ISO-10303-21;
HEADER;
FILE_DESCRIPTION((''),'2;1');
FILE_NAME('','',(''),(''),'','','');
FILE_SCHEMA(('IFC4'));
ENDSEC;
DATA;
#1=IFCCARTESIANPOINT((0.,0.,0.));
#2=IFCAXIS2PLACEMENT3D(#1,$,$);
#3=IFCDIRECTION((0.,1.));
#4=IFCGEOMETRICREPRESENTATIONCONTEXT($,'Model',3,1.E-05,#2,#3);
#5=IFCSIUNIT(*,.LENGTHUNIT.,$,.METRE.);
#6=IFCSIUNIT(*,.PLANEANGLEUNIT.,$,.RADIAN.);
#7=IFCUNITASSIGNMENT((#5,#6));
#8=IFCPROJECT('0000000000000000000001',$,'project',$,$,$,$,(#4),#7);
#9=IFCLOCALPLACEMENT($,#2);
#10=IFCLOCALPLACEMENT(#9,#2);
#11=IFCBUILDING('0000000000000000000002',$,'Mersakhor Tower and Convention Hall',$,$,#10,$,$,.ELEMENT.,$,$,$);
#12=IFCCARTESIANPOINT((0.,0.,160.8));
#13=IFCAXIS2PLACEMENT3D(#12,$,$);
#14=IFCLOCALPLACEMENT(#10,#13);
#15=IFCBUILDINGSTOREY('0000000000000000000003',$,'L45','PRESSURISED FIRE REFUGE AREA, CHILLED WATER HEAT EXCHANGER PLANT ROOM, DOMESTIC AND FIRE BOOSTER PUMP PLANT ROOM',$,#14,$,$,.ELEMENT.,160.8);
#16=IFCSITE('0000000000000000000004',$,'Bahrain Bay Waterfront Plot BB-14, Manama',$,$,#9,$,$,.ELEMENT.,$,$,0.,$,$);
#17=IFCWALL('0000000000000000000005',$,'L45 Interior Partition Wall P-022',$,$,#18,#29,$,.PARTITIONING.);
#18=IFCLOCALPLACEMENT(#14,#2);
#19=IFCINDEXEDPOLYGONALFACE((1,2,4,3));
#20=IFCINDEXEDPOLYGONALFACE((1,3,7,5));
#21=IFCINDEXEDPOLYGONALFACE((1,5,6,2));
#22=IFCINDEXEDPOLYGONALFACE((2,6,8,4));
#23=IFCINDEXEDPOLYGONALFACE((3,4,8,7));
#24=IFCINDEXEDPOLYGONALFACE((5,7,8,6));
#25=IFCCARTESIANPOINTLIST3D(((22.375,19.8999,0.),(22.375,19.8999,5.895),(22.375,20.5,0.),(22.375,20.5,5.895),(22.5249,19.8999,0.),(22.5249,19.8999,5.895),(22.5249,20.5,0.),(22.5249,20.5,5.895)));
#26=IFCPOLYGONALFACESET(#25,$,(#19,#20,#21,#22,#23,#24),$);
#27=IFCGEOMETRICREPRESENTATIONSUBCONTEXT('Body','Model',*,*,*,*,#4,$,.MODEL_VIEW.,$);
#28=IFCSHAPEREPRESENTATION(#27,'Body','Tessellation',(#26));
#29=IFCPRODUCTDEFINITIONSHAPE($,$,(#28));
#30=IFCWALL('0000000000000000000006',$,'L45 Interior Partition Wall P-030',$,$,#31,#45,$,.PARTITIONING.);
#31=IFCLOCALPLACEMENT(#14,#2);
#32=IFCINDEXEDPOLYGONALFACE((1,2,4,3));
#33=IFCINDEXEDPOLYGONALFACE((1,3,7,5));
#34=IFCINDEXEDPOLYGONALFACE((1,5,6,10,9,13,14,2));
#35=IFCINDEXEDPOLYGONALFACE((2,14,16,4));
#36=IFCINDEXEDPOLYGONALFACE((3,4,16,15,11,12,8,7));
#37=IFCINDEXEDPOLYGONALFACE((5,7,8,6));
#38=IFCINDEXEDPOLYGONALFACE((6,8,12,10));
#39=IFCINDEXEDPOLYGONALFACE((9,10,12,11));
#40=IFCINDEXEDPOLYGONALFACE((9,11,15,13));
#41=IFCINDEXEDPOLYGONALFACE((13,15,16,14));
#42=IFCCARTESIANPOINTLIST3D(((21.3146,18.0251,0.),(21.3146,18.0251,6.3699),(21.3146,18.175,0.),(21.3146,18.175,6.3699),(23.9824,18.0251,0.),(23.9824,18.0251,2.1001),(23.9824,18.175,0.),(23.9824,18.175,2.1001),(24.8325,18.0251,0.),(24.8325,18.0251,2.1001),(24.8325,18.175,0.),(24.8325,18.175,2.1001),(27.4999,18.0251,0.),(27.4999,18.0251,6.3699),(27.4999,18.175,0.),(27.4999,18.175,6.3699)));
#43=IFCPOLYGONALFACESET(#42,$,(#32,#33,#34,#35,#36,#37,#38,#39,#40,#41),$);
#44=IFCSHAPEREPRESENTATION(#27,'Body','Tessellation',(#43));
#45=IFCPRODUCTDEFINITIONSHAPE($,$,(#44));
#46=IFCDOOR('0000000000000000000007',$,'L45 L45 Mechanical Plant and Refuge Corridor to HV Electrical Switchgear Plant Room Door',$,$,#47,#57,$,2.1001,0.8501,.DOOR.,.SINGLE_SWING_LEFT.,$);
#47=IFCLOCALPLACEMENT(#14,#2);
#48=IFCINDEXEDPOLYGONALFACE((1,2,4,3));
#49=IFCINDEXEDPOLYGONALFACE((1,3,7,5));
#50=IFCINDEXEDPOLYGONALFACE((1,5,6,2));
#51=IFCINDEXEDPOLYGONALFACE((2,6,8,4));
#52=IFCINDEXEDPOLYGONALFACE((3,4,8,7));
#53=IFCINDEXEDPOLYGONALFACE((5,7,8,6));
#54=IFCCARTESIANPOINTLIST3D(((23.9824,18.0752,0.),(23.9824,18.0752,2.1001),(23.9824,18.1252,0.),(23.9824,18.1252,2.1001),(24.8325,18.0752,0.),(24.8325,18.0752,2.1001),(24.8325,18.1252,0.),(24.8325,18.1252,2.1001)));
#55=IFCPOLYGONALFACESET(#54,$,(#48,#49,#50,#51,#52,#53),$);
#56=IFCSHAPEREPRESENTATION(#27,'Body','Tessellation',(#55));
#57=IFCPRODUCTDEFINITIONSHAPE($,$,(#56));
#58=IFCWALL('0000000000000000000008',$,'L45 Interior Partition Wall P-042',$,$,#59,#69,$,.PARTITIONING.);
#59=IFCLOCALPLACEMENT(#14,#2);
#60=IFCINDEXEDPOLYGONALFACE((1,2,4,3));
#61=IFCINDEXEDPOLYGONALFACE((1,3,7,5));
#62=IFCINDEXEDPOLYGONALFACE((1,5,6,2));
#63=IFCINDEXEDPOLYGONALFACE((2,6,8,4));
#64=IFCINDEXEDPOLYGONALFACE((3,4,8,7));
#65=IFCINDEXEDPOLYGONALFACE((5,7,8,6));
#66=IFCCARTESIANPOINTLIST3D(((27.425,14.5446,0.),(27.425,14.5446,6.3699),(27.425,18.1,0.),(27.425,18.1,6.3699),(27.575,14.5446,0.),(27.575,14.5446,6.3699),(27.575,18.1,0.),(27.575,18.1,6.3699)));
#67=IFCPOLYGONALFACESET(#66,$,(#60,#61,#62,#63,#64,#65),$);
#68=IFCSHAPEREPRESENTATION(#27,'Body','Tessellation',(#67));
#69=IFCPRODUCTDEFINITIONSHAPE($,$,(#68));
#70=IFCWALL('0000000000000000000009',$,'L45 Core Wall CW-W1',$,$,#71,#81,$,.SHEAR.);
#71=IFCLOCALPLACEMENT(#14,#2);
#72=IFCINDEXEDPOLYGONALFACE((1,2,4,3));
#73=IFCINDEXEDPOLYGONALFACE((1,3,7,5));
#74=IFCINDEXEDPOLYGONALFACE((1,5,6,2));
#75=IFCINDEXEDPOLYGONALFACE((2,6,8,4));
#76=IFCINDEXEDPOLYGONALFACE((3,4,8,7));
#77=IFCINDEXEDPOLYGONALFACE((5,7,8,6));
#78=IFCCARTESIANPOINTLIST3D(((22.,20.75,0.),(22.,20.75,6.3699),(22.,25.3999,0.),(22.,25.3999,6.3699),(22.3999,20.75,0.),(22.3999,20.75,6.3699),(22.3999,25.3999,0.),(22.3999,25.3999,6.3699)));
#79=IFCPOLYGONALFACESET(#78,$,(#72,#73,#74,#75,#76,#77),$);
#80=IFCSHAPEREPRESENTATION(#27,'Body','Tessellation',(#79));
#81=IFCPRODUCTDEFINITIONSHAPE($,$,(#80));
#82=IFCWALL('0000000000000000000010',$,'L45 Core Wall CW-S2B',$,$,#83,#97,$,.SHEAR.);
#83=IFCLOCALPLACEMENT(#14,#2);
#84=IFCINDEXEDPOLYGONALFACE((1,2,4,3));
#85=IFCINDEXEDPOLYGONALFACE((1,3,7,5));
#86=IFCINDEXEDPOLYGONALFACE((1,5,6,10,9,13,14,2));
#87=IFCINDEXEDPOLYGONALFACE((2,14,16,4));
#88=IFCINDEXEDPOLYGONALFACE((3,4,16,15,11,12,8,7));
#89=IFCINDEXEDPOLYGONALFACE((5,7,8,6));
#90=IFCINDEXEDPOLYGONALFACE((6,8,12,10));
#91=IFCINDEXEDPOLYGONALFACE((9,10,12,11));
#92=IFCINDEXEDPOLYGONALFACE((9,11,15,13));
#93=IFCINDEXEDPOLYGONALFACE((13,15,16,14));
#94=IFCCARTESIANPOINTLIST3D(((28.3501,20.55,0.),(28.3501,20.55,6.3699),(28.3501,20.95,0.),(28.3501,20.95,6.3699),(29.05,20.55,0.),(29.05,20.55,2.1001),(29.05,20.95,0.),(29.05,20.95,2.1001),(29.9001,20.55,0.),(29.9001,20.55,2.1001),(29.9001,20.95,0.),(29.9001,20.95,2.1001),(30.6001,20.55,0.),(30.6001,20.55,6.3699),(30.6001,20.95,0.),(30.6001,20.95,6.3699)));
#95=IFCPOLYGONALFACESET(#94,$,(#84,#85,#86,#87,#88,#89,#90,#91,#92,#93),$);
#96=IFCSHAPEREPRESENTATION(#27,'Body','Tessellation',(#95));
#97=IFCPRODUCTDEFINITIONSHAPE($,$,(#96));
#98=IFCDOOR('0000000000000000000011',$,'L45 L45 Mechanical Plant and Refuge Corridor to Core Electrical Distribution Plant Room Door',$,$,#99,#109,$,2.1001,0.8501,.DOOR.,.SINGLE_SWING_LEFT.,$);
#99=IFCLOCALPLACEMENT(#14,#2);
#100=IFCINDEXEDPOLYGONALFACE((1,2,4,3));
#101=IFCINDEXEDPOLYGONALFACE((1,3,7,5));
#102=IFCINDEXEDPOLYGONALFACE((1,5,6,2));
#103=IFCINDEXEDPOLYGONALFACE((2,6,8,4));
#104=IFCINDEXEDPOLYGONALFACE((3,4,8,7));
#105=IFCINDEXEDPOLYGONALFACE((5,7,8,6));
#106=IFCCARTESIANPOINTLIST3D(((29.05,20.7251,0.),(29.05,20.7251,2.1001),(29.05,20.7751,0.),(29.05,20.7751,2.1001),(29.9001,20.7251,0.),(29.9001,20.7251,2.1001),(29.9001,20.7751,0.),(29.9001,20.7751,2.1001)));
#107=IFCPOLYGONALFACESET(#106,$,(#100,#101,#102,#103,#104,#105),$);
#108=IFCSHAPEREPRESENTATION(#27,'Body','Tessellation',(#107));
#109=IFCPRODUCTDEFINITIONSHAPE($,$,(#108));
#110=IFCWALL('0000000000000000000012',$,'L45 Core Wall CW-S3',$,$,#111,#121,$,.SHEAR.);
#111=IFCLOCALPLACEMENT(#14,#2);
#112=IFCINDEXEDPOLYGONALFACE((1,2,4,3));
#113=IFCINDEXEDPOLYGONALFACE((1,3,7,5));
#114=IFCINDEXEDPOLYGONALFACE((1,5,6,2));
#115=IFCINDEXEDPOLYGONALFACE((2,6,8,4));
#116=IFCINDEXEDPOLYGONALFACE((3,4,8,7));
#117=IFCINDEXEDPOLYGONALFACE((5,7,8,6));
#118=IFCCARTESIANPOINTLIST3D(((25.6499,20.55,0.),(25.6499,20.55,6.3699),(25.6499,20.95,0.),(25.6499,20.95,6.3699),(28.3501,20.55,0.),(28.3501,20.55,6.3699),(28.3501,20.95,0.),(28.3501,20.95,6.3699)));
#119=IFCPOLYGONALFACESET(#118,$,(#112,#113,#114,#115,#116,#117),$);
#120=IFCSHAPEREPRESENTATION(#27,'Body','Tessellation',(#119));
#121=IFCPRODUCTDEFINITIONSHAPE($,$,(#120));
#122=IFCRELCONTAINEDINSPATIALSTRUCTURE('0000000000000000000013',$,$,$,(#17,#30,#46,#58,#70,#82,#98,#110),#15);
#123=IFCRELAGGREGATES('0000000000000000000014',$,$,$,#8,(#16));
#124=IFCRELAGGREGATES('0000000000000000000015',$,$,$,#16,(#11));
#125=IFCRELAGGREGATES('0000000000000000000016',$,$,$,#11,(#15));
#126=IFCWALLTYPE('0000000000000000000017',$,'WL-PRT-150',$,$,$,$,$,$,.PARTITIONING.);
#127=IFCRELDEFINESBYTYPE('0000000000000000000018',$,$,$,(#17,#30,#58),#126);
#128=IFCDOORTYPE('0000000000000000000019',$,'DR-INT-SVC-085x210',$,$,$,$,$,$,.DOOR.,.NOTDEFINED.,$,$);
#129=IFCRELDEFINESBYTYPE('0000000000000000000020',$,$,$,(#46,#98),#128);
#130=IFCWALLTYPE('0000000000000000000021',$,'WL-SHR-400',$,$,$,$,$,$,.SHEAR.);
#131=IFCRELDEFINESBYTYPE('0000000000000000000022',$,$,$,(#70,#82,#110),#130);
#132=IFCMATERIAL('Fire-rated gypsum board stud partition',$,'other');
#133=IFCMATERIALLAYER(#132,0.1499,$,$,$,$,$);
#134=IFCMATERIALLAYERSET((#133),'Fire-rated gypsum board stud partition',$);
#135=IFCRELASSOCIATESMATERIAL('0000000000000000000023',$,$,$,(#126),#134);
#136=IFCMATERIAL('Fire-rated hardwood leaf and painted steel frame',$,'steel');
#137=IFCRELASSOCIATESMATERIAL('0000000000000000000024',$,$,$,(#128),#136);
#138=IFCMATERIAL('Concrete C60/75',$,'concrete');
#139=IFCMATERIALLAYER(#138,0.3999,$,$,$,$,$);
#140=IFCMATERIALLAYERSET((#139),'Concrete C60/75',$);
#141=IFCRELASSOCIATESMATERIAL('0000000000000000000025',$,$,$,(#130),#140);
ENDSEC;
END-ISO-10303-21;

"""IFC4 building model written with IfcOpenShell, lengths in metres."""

from ifc_helpers import new_model, si_unit, direction, frame, frame_2d, origin, place, context, subcontext, project, spatial, rectangle, extrude, material, layer, layer_set, type_object, element, fill, save


model = new_model("IFC4")

# Units and contexts
model_context = context("Model", 3, precision=1e-05, world=origin(), true_north=direction((0.0, 1.0)))
body_context = subcontext(model_context, "Body", "Model", "MODEL_VIEW")
ifc_project = project(units=[si_unit("LENGTHUNIT", "METRE"), si_unit("PLANEANGLEUNIT", "RADIAN")], contexts=[model_context])

# Site, building, storey
site_placement = place(None, origin())
site = spatial("IfcSite", under=ifc_project, at=site_placement, Name="Bahrain Bay Waterfront Plot BB-14, Manama", CompositionType="ELEMENT", RefElevation=0.0)
building_placement = place(site_placement, origin())
building = spatial("IfcBuilding", under=site, at=building_placement, Name="Mersakhor Tower and Convention Hall", CompositionType="ELEMENT")
storey_placement = place(building_placement, frame((0.0, 0.0, 160.8)))
storey = spatial("IfcBuildingStorey", under=building, at=storey_placement, Name="L45", Description="PRESSURISED FIRE REFUGE AREA, CHILLED WATER HEAT EXCHANGER PLANT ROOM, DOMESTIC AND FIRE BOOSTER PUMP PLANT ROOM", CompositionType="ELEMENT", Elevation=160.8)

# Wall
ifc_material_1 = material(Name="Fire-rated gypsum board stud partition", Category="other")
ifc_layer_1 = layer(ifc_material_1, 0.1499)
ifc_layer_set_1 = layer_set([ifc_layer_1], Name="Fire-rated gypsum board stud partition")
wall_type_1 = type_object("IfcWallType", Name="WL-PRT-150", PredefinedType="PARTITIONING", material=ifc_layer_set_1)
wall_1_placement = place(storey_placement, frame((22.45, 19.8999, 0.0), z_axis=(0.0, 0.0, 1.0), x_axis=(0.0, 1.0, 0.0)))
element("IfcWall", 1, at=wall_1_placement, inside=storey, type_object=wall_type_1, Name="L45 Interior Partition Wall P-022", PredefinedType="PARTITIONING", context=body_context, shape_type="SweptSolid", body=[
    extrude(rectangle(XDim=0.6001, YDim=0.1499, at=frame_2d((0.3, 0.0))), origin(), (0.0, 0.0, 1.0), 5.895),
])

# Wall, opening, door
wall_2_placement = place(storey_placement, frame((27.5, 18.1001, 0.0), z_axis=(0.0, 0.0, 1.0), x_axis=(-1.0, 0.0, 0.0)))
wall_2 = element("IfcWall", 2, at=wall_2_placement, inside=storey, type_object=wall_type_1, Name="L45 Interior Partition Wall P-030", PredefinedType="PARTITIONING", context=body_context, shape_type="SweptSolid", body=[
    extrude(rectangle(XDim=6.1853, YDim=0.1499, at=frame_2d((3.0928, 0.0))), origin(), (0.0, 0.0, 1.0), 6.3699),
])
opening_1_placement = place(wall_2_placement, frame((2.6675, 0.0, 0.0)))
opening_1 = element("IfcOpeningElement", 3, at=opening_1_placement, cuts=wall_2, PredefinedType="OPENING", context=body_context, shape_type="SweptSolid", body=[
    extrude(rectangle(XDim=0.8501, YDim=2.1001, at=frame_2d((0.425, 1.05))), frame((0.0, 0.085, 0.0), z_axis=(0.0, -1.0, 0.0), x_axis=(1.0, 0.0, 0.0)), (0.0, 0.0, 1.0), 0.1699),
])
ifc_material_2 = material(Name="Fire-rated hardwood leaf and painted steel frame", Category="steel")
door_type_1 = type_object("IfcDoorType", Name="DR-INT-SVC-085x210", OperationType="NOTDEFINED", PredefinedType="DOOR", material=ifc_material_2)
door_1_placement = place(opening_1_placement, origin())
door_1 = element("IfcDoor", 4, at=door_1_placement, inside=storey, type_object=door_type_1, Name="L45 L45 Mechanical Plant and Refuge Corridor to HV Electrical Switchgear Plant Room Door", OperationType="SINGLE_SWING_LEFT", OverallHeight=2.1001, OverallWidth=0.8501, PredefinedType="DOOR", context=body_context, shape_type="SweptSolid", body=[
    extrude(rectangle(XDim=0.8501, YDim=2.1001, at=frame_2d((0.425, 1.05))), frame((0.0, 0.0249, 0.0), z_axis=(0.0, -1.0, 0.0), x_axis=(1.0, 0.0, 0.0)), (0.0, 0.0, 1.0), 0.05),
])
fill(opening_1, door_1)

# Walls
wall_3_placement = place(storey_placement, frame((27.5, 18.1001, 0.0), z_axis=(0.0, 0.0, 1.0), x_axis=(0.0, -1.0, 0.0)))
element("IfcWall", 5, at=wall_3_placement, inside=storey, type_object=wall_type_1, Name="L45 Interior Partition Wall P-042", PredefinedType="PARTITIONING", context=body_context, shape_type="SweptSolid", body=[
    extrude(rectangle(XDim=3.5554, YDim=0.1499, at=frame_2d((1.7778, 0.0))), origin(), (0.0, 0.0, 1.0), 6.3699),
])
ifc_material_3 = material(Name="Concrete C60/75", Category="concrete")
ifc_layer_2 = layer(ifc_material_3, 0.3999)
ifc_layer_set_2 = layer_set([ifc_layer_2], Name="Concrete C60/75")
wall_type_2 = type_object("IfcWallType", Name="WL-SHR-400", PredefinedType="SHEAR", material=ifc_layer_set_2)
wall_4_placement = place(storey_placement, frame((22.2, 20.75, 0.0), z_axis=(0.0, 0.0, 1.0), x_axis=(0.0, 1.0, 0.0)))
element("IfcWall", 6, at=wall_4_placement, inside=storey, type_object=wall_type_2, Name="L45 Core Wall CW-W1", PredefinedType="SHEAR", context=body_context, shape_type="SweptSolid", body=[
    extrude(rectangle(XDim=4.6499, YDim=0.3999, at=frame_2d((2.325, 0.0))), origin(), (0.0, 0.0, 1.0), 6.3699),
])

# Wall, opening, door
wall_5_placement = place(storey_placement, frame((30.6001, 20.75, 0.0), z_axis=(0.0, 0.0, 1.0), x_axis=(-1.0, 0.0, 0.0)))
wall_5 = element("IfcWall", 7, at=wall_5_placement, inside=storey, type_object=wall_type_2, Name="L45 Core Wall CW-S2B", PredefinedType="SHEAR", context=body_context, shape_type="SweptSolid", body=[
    extrude(rectangle(XDim=2.25, YDim=0.3999, at=frame_2d((1.125, 0.0))), origin(), (0.0, 0.0, 1.0), 6.3699),
])
opening_2_placement = place(wall_5_placement, frame((0.7, 0.0, 0.0)))
opening_2 = element("IfcOpeningElement", 8, at=opening_2_placement, cuts=wall_5, PredefinedType="OPENING", context=body_context, shape_type="SweptSolid", body=[
    extrude(rectangle(XDim=0.8501, YDim=2.1001, at=frame_2d((0.425, 1.05))), frame((0.0, 0.21, 0.0), z_axis=(0.0, -1.0, 0.0), x_axis=(1.0, 0.0, 0.0)), (0.0, 0.0, 1.0), 0.4199),
])
door_2_placement = place(opening_2_placement, origin())
door_2 = element("IfcDoor", 9, at=door_2_placement, inside=storey, type_object=door_type_1, Name="L45 L45 Mechanical Plant and Refuge Corridor to Core Electrical Distribution Plant Room Door", OperationType="SINGLE_SWING_LEFT", OverallHeight=2.1001, OverallWidth=0.8501, PredefinedType="DOOR", context=body_context, shape_type="SweptSolid", body=[
    extrude(rectangle(XDim=0.8501, YDim=2.1001, at=frame_2d((0.425, 1.05))), frame((0.0, 0.0249, 0.0), z_axis=(0.0, -1.0, 0.0), x_axis=(1.0, 0.0, 0.0)), (0.0, 0.0, 1.0), 0.05),
])
fill(opening_2, door_2)

# Wall
wall_6_placement = place(storey_placement, frame((28.3501, 20.75, 0.0), z_axis=(0.0, 0.0, 1.0), x_axis=(-1.0, 0.0, 0.0)))
element("IfcWall", 10, at=wall_6_placement, inside=storey, type_object=wall_type_2, Name="L45 Core Wall CW-S3", PredefinedType="SHEAR", context=body_context, shape_type="SweptSolid", body=[
    extrude(rectangle(XDim=2.7002, YDim=0.3999, at=frame_2d((1.3501, 0.0))), origin(), (0.0, 0.0, 1.0), 6.3699),
])

save(model, "model.ifc")
